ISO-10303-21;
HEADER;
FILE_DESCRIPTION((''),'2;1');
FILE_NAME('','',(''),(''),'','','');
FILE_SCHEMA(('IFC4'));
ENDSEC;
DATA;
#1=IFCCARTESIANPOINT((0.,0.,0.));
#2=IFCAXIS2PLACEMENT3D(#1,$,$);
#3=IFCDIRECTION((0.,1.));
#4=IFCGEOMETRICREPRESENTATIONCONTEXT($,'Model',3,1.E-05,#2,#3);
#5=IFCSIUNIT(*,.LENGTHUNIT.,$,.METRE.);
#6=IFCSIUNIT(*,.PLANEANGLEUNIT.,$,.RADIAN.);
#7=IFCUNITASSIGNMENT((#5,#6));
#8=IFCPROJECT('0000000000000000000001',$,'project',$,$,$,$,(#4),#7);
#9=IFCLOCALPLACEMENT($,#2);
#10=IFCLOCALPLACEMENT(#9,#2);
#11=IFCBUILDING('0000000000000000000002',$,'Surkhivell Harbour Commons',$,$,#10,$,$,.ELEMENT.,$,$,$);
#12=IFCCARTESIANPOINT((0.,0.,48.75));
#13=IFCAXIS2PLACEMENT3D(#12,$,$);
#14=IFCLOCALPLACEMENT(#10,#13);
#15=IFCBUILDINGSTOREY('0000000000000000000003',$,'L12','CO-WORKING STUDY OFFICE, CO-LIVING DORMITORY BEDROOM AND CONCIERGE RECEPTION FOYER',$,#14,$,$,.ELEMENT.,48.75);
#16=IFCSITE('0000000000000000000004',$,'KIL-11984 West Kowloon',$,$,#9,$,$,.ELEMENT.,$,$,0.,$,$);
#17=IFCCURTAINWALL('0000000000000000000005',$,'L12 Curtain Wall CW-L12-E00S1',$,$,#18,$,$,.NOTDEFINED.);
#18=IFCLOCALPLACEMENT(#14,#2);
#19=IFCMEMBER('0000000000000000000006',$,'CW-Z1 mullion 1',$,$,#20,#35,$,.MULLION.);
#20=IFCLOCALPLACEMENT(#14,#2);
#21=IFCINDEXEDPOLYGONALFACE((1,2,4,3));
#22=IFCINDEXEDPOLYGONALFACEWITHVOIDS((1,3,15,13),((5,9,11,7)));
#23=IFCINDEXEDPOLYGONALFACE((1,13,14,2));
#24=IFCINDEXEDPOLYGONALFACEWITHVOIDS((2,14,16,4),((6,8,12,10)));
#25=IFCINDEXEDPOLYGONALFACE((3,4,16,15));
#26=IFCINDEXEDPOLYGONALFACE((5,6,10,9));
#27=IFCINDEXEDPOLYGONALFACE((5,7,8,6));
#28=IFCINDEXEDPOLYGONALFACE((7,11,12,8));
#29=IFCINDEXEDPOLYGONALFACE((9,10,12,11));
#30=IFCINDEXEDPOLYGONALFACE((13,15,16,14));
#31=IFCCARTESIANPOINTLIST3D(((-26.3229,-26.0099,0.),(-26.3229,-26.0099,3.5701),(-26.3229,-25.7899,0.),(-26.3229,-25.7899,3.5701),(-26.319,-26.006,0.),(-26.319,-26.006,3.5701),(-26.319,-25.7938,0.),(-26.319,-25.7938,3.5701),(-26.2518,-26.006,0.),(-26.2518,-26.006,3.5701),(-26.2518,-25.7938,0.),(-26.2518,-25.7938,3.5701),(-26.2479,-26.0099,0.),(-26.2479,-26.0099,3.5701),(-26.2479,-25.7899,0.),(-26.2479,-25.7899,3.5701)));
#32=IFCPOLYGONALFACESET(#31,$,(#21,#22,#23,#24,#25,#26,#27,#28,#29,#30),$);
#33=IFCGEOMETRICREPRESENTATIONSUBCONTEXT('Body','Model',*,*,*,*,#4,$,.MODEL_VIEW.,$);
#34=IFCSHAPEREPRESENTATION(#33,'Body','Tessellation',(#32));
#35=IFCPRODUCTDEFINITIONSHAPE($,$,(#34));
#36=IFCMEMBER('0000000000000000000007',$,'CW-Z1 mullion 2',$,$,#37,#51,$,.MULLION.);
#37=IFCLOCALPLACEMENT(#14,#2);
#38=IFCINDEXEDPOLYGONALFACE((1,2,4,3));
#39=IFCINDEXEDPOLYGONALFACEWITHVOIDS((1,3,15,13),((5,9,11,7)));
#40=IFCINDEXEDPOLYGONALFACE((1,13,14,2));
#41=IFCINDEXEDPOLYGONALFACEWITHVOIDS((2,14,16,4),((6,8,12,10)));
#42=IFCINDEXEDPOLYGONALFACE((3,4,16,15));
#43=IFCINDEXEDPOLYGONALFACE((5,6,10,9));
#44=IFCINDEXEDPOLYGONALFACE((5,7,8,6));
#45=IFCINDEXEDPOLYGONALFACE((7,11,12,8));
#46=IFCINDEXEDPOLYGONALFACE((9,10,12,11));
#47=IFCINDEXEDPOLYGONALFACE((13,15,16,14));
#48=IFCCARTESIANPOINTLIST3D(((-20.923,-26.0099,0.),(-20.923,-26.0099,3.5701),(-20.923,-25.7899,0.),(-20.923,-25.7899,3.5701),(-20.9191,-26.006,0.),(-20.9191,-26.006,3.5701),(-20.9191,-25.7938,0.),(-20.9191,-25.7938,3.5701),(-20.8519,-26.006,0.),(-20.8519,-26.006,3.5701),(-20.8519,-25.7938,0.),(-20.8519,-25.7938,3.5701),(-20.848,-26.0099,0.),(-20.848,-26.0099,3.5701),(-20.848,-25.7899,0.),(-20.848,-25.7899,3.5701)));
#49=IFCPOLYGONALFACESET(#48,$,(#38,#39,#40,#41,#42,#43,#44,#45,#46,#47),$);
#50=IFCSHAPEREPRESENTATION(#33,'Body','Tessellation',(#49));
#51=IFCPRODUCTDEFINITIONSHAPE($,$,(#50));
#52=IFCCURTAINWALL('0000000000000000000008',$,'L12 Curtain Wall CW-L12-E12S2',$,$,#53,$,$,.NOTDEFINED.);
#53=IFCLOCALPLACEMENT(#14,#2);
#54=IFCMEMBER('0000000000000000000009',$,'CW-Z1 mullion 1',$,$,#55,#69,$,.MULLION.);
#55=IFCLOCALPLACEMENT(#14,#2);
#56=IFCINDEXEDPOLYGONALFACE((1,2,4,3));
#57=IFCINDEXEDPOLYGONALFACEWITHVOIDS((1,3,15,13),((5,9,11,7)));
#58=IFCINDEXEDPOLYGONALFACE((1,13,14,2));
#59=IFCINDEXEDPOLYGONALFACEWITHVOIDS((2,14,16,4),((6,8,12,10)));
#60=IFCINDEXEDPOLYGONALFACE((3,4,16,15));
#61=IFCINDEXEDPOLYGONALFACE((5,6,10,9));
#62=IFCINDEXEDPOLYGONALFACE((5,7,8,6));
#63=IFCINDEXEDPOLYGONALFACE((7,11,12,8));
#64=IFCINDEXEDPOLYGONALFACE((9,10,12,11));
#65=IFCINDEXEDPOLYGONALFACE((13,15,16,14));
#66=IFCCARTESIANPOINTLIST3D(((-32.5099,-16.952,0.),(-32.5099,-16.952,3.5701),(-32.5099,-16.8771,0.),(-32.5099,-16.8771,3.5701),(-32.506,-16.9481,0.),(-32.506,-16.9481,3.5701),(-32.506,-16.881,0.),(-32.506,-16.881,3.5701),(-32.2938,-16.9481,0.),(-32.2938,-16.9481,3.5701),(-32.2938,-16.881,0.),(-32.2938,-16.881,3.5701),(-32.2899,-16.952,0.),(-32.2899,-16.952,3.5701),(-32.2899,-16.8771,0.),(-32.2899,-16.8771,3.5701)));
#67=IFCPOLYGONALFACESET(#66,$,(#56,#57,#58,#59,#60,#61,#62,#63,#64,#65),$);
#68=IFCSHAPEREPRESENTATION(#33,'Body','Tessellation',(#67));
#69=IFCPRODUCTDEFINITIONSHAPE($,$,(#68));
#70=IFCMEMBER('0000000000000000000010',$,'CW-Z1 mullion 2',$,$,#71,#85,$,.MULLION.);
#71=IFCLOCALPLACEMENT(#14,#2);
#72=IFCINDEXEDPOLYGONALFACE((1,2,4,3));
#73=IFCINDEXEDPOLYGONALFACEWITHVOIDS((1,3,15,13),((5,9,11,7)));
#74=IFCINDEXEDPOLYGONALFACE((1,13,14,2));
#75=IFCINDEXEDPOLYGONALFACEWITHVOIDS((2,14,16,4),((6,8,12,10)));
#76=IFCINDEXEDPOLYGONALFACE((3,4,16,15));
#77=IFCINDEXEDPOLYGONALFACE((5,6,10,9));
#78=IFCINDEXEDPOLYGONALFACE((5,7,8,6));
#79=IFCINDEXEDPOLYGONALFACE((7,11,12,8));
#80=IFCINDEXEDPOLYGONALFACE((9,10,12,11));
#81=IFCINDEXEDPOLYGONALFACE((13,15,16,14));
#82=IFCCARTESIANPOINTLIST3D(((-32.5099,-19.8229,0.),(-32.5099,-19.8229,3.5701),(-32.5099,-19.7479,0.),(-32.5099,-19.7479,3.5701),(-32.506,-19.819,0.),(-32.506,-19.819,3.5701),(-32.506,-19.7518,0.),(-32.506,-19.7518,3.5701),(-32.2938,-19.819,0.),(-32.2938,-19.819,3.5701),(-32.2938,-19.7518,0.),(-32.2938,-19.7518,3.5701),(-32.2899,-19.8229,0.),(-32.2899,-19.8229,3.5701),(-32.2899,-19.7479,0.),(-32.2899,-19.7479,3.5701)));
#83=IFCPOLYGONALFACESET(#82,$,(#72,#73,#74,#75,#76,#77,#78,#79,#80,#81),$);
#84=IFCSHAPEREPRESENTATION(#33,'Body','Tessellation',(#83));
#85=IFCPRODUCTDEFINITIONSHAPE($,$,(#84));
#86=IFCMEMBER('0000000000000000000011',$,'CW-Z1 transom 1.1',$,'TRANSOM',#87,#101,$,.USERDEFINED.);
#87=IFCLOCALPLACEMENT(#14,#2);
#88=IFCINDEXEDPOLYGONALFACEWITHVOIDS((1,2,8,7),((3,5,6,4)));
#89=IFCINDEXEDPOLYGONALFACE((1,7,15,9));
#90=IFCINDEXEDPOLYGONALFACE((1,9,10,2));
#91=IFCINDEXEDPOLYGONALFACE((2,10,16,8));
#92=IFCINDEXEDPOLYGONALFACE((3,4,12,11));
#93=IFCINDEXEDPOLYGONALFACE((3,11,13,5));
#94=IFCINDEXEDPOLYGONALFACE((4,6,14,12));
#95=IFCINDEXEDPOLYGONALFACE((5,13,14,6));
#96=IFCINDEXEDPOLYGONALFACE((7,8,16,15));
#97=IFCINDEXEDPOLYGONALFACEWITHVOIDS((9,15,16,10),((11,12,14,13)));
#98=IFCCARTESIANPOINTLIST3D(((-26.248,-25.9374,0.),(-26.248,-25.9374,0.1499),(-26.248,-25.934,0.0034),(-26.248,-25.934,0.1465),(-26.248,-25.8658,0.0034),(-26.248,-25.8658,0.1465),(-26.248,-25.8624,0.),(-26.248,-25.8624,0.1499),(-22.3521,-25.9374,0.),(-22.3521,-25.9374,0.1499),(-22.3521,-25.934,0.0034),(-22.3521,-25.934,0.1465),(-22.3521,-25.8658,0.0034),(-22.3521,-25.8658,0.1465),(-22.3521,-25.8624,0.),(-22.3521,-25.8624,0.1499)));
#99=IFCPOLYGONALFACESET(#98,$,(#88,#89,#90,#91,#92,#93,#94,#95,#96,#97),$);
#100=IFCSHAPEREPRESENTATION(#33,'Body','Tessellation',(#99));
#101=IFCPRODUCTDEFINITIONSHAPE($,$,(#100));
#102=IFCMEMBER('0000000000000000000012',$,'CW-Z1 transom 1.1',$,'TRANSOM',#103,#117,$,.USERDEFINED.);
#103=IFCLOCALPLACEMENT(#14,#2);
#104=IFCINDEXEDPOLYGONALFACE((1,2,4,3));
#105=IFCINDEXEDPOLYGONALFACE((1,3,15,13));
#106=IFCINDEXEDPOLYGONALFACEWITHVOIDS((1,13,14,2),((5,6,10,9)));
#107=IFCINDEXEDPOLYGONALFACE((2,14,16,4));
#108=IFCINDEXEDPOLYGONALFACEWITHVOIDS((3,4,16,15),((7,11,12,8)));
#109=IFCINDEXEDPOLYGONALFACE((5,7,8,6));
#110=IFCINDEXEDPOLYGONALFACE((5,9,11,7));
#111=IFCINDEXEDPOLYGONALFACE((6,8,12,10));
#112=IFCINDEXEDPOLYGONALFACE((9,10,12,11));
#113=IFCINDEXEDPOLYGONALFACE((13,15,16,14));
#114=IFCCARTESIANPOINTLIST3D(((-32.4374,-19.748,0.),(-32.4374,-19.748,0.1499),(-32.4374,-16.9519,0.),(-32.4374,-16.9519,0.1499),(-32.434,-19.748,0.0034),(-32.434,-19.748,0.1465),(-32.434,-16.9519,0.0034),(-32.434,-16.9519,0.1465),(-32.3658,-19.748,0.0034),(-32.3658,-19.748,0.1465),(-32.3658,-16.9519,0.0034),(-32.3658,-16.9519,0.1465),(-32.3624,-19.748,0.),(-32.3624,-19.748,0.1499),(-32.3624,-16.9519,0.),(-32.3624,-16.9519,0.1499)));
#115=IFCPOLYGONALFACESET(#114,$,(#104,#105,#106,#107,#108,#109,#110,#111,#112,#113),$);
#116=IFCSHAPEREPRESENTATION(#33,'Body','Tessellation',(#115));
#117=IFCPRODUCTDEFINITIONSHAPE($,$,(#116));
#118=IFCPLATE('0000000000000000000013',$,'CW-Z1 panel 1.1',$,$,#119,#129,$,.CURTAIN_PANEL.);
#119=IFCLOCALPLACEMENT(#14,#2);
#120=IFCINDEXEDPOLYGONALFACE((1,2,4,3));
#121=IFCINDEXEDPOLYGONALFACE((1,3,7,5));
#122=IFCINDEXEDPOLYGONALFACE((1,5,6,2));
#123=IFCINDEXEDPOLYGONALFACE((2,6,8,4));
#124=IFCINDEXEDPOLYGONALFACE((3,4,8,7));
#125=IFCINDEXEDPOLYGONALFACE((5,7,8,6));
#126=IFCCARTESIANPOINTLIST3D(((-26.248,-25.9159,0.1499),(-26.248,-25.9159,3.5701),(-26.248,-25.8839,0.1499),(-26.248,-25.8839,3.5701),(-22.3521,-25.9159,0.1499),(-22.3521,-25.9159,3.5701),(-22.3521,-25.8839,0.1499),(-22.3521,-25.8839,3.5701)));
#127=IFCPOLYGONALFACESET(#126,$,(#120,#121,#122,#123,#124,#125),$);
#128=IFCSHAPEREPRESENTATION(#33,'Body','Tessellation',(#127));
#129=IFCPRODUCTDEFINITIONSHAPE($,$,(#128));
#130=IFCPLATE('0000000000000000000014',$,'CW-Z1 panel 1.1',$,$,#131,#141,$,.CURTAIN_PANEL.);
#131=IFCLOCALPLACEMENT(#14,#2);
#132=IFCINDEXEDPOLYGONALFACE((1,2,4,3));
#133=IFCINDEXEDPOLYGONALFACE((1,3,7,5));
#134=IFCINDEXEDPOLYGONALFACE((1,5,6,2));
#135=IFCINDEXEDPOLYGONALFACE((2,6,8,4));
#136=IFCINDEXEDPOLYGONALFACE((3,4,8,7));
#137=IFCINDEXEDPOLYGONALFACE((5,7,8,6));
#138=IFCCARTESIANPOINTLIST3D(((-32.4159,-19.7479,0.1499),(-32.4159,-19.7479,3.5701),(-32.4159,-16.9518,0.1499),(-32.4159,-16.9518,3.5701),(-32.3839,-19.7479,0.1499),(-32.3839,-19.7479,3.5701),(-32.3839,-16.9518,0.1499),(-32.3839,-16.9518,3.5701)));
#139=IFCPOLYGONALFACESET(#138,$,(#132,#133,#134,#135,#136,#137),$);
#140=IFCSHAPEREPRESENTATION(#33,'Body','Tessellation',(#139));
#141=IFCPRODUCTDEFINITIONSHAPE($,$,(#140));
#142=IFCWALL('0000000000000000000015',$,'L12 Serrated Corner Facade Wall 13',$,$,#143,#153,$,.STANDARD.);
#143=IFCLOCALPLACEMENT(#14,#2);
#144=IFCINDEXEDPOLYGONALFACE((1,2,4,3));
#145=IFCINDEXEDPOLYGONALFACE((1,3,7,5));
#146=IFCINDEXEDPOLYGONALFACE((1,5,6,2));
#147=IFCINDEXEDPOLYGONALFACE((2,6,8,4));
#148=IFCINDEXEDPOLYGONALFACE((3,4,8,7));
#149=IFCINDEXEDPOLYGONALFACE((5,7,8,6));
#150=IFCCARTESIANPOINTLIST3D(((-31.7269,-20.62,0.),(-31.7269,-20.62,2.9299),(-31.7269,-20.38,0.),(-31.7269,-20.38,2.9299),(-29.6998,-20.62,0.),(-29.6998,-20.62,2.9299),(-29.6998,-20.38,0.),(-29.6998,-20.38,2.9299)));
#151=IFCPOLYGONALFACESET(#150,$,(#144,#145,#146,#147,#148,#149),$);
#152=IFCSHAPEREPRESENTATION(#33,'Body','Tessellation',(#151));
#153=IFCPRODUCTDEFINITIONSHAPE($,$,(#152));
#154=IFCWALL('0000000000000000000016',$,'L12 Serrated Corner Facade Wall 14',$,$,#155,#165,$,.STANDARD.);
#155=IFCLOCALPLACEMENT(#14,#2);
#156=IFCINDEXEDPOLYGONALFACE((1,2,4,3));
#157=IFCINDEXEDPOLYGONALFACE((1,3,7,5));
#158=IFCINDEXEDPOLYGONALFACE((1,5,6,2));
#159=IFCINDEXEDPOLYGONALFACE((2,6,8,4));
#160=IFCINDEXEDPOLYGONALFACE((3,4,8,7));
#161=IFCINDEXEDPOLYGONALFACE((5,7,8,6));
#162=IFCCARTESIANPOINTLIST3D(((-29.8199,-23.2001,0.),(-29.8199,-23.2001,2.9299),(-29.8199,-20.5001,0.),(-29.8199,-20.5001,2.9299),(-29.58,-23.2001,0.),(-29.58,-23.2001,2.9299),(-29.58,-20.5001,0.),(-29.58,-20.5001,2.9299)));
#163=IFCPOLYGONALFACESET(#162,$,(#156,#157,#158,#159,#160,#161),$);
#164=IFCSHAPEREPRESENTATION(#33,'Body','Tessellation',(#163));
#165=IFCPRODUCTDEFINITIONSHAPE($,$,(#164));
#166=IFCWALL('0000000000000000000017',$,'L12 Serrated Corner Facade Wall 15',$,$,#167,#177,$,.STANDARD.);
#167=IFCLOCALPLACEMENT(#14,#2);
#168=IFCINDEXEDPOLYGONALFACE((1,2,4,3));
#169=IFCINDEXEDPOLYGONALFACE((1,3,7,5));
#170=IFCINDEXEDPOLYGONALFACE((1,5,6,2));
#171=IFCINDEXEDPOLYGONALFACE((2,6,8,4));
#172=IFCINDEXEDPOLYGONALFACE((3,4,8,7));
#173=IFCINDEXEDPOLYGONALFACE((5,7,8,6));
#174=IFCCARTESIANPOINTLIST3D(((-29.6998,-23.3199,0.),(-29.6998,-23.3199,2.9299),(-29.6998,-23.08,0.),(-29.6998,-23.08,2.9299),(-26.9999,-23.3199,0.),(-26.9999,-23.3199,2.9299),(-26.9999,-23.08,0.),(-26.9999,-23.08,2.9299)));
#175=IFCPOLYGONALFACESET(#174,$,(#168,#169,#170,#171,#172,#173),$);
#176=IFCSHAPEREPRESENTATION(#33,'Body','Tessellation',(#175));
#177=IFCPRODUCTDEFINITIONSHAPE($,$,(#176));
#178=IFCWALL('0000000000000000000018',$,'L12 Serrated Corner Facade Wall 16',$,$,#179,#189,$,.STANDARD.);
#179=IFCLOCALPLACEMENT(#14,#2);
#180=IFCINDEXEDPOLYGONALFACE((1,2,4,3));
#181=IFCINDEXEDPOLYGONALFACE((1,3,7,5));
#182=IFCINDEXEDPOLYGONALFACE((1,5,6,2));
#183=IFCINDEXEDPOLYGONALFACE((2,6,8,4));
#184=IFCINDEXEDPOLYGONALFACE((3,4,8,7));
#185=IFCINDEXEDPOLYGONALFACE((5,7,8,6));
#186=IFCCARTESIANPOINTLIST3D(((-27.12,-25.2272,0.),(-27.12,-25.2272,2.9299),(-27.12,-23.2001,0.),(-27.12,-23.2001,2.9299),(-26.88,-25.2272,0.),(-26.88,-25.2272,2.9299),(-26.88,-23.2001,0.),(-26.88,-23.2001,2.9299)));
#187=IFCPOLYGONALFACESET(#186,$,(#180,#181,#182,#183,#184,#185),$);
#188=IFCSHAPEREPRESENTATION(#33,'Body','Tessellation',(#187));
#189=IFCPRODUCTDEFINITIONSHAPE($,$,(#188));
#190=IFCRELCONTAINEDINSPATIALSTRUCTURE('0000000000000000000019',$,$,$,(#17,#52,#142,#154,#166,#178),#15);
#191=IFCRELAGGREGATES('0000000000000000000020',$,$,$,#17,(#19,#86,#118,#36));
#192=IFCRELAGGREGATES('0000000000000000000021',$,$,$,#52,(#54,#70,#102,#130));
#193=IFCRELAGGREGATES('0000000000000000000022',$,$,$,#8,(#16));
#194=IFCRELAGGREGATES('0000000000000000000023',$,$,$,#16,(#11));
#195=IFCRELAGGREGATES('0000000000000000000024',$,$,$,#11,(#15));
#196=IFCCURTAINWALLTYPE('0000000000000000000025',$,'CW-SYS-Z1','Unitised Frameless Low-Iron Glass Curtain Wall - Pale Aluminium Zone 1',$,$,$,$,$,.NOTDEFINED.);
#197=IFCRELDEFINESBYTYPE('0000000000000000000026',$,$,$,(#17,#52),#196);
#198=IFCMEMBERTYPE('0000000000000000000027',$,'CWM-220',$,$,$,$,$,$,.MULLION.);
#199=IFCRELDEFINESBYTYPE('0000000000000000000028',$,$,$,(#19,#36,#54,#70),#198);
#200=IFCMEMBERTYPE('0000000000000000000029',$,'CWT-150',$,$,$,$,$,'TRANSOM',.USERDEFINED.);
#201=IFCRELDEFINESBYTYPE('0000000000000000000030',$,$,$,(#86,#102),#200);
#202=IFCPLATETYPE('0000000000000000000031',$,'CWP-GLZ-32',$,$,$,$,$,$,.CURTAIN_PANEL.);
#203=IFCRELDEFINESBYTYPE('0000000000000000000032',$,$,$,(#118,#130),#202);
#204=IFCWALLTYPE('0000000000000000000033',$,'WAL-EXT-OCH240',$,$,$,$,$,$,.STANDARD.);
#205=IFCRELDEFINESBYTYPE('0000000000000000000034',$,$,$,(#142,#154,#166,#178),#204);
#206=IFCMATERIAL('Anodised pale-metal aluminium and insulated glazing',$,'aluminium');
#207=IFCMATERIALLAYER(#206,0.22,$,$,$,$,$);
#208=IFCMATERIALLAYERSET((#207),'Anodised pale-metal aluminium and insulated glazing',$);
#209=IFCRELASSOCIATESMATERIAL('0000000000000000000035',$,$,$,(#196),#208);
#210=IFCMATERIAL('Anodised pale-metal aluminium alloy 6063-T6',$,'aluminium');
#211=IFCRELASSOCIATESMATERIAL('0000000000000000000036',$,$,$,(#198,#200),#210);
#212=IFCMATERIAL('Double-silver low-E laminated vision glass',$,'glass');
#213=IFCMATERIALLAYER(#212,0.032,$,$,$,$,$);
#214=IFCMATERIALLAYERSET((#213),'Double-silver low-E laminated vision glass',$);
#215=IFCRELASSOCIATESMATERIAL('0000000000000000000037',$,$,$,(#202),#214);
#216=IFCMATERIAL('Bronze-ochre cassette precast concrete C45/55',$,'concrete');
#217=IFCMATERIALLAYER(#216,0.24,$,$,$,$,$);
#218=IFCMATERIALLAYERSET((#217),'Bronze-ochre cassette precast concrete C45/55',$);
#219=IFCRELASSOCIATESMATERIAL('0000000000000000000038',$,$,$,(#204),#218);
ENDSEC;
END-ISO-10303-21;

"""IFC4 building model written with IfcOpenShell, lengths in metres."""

from ifc_helpers import new_model, si_unit, direction, frame, frame_2d, origin, origin_2d, place, context, subcontext, project, spatial, rectangle, hollow_rectangle, extrude, material, layer, layer_set, material_profile, profile_set, type_object, element, aggregate, save


model = new_model("IFC4")

# Units and contexts
model_context = context("Model", 3, precision=1e-05, world=origin(), true_north=direction((0.0, 1.0)))
body_context = subcontext(model_context, "Body", "Model", "MODEL_VIEW")
ifc_project = project(units=[si_unit("LENGTHUNIT", "METRE"), si_unit("PLANEANGLEUNIT", "RADIAN")], contexts=[model_context])

# Site, building, storey
site_placement = place(None, origin())
site = spatial("IfcSite", under=ifc_project, at=site_placement, Name="KIL-11984 West Kowloon", CompositionType="ELEMENT", RefElevation=0.0)
building_placement = place(site_placement, origin())
building = spatial("IfcBuilding", under=site, at=building_placement, Name="Surkhivell Harbour Commons", CompositionType="ELEMENT")
storey_placement = place(building_placement, frame((0.0, 0.0, 48.75)))
storey = spatial("IfcBuildingStorey", under=building, at=storey_placement, Name="L12", Description="CO-WORKING STUDY OFFICE, CO-LIVING DORMITORY BEDROOM AND CONCIERGE RECEPTION FOYER", CompositionType="ELEMENT", Elevation=48.75)

# Curtain walls, members
ifc_material_1 = material(Name="Anodised pale-metal aluminium and insulated glazing", Category="aluminium")
ifc_layer_1 = layer(ifc_material_1, 0.22)
ifc_layer_set_1 = layer_set([ifc_layer_1], Name="Anodised pale-metal aluminium and insulated glazing")
curtain_wall_type = type_object("IfcCurtainWallType", Name="CW-SYS-Z1", Description="Unitised Frameless Low-Iron Glass Curtain Wall - Pale Aluminium Zone 1", PredefinedType="NOTDEFINED", material=ifc_layer_set_1)
curtain_wall_1_placement = place(storey_placement, origin())
curtain_wall_1 = element("IfcCurtainWall", 1, at=curtain_wall_1_placement, inside=storey, type_object=curtain_wall_type, Name="L12 Curtain Wall CW-L12-E00S1", PredefinedType="NOTDEFINED")
ifc_material_2 = material(Name="Anodised pale-metal aluminium alloy 6063-T6", Category="aluminium")
ifc_material_profile_1 = material_profile(ifc_material_2, hollow_rectangle(XDim=0.075, YDim=0.22, WallThickness=0.0039, at=origin_2d()), Name="ALU-MULL-75x220")
ifc_profile_set_1 = profile_set([ifc_material_profile_1], Name="Anodised pale-metal aluminium alloy 6063-T6")
member_type_1 = type_object("IfcMemberType", Name="CWM-220", PredefinedType="MULLION", material=ifc_profile_set_1)
member_1_placement = place(storey_placement, frame((-26.2854, -25.8999, 0.0), z_axis=(0.0, 0.0, 1.0), x_axis=(1.0, 0.0, 0.0)))
member_1 = element("IfcMember", 2, at=member_1_placement, type_object=member_type_1, Name="CW-Z1 mullion 1", PredefinedType="MULLION", context=body_context, shape_type="SweptSolid", body=[
    extrude(hollow_rectangle(XDim=0.075, YDim=0.22, WallThickness=0.0039, at=origin_2d()), origin(), (0.0, 0.0, 1.0), 3.5701),
])
member_2_placement = place(storey_placement, frame((-20.8855, -25.8999, 0.0), z_axis=(0.0, 0.0, 1.0), x_axis=(1.0, 0.0, 0.0)))
member_2 = element("IfcMember", 3, at=member_2_placement, type_object=member_type_1, Name="CW-Z1 mullion 2", PredefinedType="MULLION", context=body_context, shape_type="SweptSolid", body=[
    extrude(hollow_rectangle(XDim=0.075, YDim=0.22, WallThickness=0.0039, at=origin_2d()), origin(), (0.0, 0.0, 1.0), 3.5701),
])
curtain_wall_2_placement = place(storey_placement, origin())
curtain_wall_2 = element("IfcCurtainWall", 4, at=curtain_wall_2_placement, inside=storey, type_object=curtain_wall_type, Name="L12 Curtain Wall CW-L12-E12S2", PredefinedType="NOTDEFINED")
member_3_placement = place(storey_placement, frame((-32.3999, -16.9146, 0.0), z_axis=(0.0, 0.0, 1.0), x_axis=(0.0, -1.0, 0.0)))
member_3 = element("IfcMember", 5, at=member_3_placement, type_object=member_type_1, Name="CW-Z1 mullion 1", PredefinedType="MULLION", context=body_context, shape_type="SweptSolid", body=[
    extrude(hollow_rectangle(XDim=0.075, YDim=0.22, WallThickness=0.0039, at=origin_2d()), origin(), (0.0, 0.0, 1.0), 3.5701),
])
member_4_placement = place(storey_placement, frame((-32.3999, -19.7854, 0.0), z_axis=(0.0, 0.0, 1.0), x_axis=(0.0, -1.0, 0.0)))
member_4 = element("IfcMember", 6, at=member_4_placement, type_object=member_type_1, Name="CW-Z1 mullion 2", PredefinedType="MULLION", context=body_context, shape_type="SweptSolid", body=[
    extrude(hollow_rectangle(XDim=0.075, YDim=0.22, WallThickness=0.0039, at=origin_2d()), origin(), (0.0, 0.0, 1.0), 3.5701),
])

# Members
ifc_material_profile_2 = material_profile(ifc_material_2, hollow_rectangle(XDim=0.075, YDim=0.1499, WallThickness=0.0034, at=origin_2d()), Name="ALU-TRAN-75x150")
ifc_profile_set_2 = profile_set([ifc_material_profile_2], Name="Anodised pale-metal aluminium alloy 6063-T6")
member_type_2 = type_object("IfcMemberType", Name="CWT-150", ElementType="TRANSOM", PredefinedType="USERDEFINED", material=ifc_profile_set_2)
member_5_placement = place(storey_placement, frame((-26.248, -25.8999, 0.075), z_axis=(1.0, 0.0, 0.0), x_axis=(0.0, 1.0, 0.0)))
member_5 = element("IfcMember", 7, at=member_5_placement, type_object=member_type_2, Name="CW-Z1 transom 1.1", ObjectType="TRANSOM", PredefinedType="USERDEFINED", context=body_context, shape_type="SweptSolid", body=[
    extrude(hollow_rectangle(XDim=0.075, YDim=0.1499, WallThickness=0.0034, at=origin_2d()), origin(), (0.0, 0.0, 1.0), 3.896),
])
member_6_placement = place(storey_placement, frame((-32.3999, -16.9519, 0.075), z_axis=(0.0, -1.0, 0.0), x_axis=(1.0, 0.0, 0.0)))
member_6 = element("IfcMember", 8, at=member_6_placement, type_object=member_type_2, Name="CW-Z1 transom 1.1", ObjectType="TRANSOM", PredefinedType="USERDEFINED", context=body_context, shape_type="SweptSolid", body=[
    extrude(hollow_rectangle(XDim=0.075, YDim=0.1499, WallThickness=0.0034, at=origin_2d()), origin(), (0.0, 0.0, 1.0), 2.7961),
])

# Plates
ifc_material_3 = material(Name="Double-silver low-E laminated vision glass", Category="glass")
ifc_layer_2 = layer(ifc_material_3, 0.032)
ifc_layer_set_2 = layer_set([ifc_layer_2], Name="Double-silver low-E laminated vision glass")
plate_type = type_object("IfcPlateType", Name="CWP-GLZ-32", PredefinedType="CURTAIN_PANEL", material=ifc_layer_set_2)
plate_1_placement = place(storey_placement, frame((-26.248, -25.8999, 0.1499), z_axis=(0.0, 0.0, 1.0), x_axis=(1.0, 0.0, 0.0)))
plate_1 = element("IfcPlate", 9, at=plate_1_placement, type_object=plate_type, Name="CW-Z1 panel 1.1", PredefinedType="CURTAIN_PANEL", context=body_context, shape_type="SweptSolid", body=[
    extrude(rectangle(XDim=3.896, YDim=0.032, at=frame_2d((1.948, 0.0))), origin(), (0.0, 0.0, 1.0), 3.4202),
])
aggregate(curtain_wall_1, [member_1, member_5, plate_1, member_2])
plate_2_placement = place(storey_placement, frame((-32.3999, -16.9519, 0.1499), z_axis=(0.0, 0.0, 1.0), x_axis=(0.0, -1.0, 0.0)))
plate_2 = element("IfcPlate", 10, at=plate_2_placement, type_object=plate_type, Name="CW-Z1 panel 1.1", PredefinedType="CURTAIN_PANEL", context=body_context, shape_type="SweptSolid", body=[
    extrude(rectangle(XDim=2.7961, YDim=0.032, at=frame_2d((1.3979, 0.0))), origin(), (0.0, 0.0, 1.0), 3.4202),
])
aggregate(curtain_wall_2, [member_3, member_4, member_6, plate_2])

# Walls
ifc_material_4 = material(Name="Bronze-ochre cassette precast concrete C45/55", Category="concrete")
ifc_layer_3 = layer(ifc_material_4, 0.24)
ifc_layer_set_3 = layer_set([ifc_layer_3], Name="Bronze-ochre cassette precast concrete C45/55")
wall_type = type_object("IfcWallType", Name="WAL-EXT-OCH240", PredefinedType="STANDARD", material=ifc_layer_set_3)
wall_1_placement = place(storey_placement, frame((-31.7271, -20.5, 0.0), z_axis=(0.0, 0.0, 1.0), x_axis=(1.0, 0.0, 0.0)))
element("IfcWall", 11, at=wall_1_placement, inside=storey, type_object=wall_type, Name="L12 Serrated Corner Facade Wall 13", PredefinedType="STANDARD", context=body_context, shape_type="SweptSolid", body=[
    extrude(rectangle(XDim=2.0271, YDim=0.24, at=frame_2d((1.0137, 0.0))), origin(), (0.0, 0.0, 1.0), 2.9299),
])
for number, where, z_axis, x_axis, name in (
    (12, (-29.7, -20.5, 0.0), (0.0, 0.0, 1.0), (0.0, -1.0, 0.0), "L12 Serrated Corner Facade Wall 14"),
    (13, (-29.7, -23.2, 0.0), (0.0, 0.0, 1.0), (1.0, 0.0, 0.0), "L12 Serrated Corner Facade Wall 15"),
):
    element("IfcWall", number, at=place(storey_placement, frame(where, z_axis=z_axis, x_axis=x_axis)), inside=storey, type_object=wall_type, Name=name, PredefinedType="STANDARD", context=body_context, shape_type="SweptSolid", body=[
        extrude(rectangle(XDim=2.7, YDim=0.24, at=frame_2d((1.3501, 0.0))), origin(), (0.0, 0.0, 1.0), 2.9299),
    ])
wall_2_placement = place(storey_placement, frame((-27.0, -23.2, 0.0), z_axis=(0.0, 0.0, 1.0), x_axis=(0.0, -1.0, 0.0)))
element("IfcWall", 14, at=wall_2_placement, inside=storey, type_object=wall_type, Name="L12 Serrated Corner Facade Wall 16", PredefinedType="STANDARD", context=body_context, shape_type="SweptSolid", body=[
    extrude(rectangle(XDim=2.0271, YDim=0.24, at=frame_2d((1.0137, 0.0))), origin(), (0.0, 0.0, 1.0), 2.9299),
])

save(model, "model.ifc")
